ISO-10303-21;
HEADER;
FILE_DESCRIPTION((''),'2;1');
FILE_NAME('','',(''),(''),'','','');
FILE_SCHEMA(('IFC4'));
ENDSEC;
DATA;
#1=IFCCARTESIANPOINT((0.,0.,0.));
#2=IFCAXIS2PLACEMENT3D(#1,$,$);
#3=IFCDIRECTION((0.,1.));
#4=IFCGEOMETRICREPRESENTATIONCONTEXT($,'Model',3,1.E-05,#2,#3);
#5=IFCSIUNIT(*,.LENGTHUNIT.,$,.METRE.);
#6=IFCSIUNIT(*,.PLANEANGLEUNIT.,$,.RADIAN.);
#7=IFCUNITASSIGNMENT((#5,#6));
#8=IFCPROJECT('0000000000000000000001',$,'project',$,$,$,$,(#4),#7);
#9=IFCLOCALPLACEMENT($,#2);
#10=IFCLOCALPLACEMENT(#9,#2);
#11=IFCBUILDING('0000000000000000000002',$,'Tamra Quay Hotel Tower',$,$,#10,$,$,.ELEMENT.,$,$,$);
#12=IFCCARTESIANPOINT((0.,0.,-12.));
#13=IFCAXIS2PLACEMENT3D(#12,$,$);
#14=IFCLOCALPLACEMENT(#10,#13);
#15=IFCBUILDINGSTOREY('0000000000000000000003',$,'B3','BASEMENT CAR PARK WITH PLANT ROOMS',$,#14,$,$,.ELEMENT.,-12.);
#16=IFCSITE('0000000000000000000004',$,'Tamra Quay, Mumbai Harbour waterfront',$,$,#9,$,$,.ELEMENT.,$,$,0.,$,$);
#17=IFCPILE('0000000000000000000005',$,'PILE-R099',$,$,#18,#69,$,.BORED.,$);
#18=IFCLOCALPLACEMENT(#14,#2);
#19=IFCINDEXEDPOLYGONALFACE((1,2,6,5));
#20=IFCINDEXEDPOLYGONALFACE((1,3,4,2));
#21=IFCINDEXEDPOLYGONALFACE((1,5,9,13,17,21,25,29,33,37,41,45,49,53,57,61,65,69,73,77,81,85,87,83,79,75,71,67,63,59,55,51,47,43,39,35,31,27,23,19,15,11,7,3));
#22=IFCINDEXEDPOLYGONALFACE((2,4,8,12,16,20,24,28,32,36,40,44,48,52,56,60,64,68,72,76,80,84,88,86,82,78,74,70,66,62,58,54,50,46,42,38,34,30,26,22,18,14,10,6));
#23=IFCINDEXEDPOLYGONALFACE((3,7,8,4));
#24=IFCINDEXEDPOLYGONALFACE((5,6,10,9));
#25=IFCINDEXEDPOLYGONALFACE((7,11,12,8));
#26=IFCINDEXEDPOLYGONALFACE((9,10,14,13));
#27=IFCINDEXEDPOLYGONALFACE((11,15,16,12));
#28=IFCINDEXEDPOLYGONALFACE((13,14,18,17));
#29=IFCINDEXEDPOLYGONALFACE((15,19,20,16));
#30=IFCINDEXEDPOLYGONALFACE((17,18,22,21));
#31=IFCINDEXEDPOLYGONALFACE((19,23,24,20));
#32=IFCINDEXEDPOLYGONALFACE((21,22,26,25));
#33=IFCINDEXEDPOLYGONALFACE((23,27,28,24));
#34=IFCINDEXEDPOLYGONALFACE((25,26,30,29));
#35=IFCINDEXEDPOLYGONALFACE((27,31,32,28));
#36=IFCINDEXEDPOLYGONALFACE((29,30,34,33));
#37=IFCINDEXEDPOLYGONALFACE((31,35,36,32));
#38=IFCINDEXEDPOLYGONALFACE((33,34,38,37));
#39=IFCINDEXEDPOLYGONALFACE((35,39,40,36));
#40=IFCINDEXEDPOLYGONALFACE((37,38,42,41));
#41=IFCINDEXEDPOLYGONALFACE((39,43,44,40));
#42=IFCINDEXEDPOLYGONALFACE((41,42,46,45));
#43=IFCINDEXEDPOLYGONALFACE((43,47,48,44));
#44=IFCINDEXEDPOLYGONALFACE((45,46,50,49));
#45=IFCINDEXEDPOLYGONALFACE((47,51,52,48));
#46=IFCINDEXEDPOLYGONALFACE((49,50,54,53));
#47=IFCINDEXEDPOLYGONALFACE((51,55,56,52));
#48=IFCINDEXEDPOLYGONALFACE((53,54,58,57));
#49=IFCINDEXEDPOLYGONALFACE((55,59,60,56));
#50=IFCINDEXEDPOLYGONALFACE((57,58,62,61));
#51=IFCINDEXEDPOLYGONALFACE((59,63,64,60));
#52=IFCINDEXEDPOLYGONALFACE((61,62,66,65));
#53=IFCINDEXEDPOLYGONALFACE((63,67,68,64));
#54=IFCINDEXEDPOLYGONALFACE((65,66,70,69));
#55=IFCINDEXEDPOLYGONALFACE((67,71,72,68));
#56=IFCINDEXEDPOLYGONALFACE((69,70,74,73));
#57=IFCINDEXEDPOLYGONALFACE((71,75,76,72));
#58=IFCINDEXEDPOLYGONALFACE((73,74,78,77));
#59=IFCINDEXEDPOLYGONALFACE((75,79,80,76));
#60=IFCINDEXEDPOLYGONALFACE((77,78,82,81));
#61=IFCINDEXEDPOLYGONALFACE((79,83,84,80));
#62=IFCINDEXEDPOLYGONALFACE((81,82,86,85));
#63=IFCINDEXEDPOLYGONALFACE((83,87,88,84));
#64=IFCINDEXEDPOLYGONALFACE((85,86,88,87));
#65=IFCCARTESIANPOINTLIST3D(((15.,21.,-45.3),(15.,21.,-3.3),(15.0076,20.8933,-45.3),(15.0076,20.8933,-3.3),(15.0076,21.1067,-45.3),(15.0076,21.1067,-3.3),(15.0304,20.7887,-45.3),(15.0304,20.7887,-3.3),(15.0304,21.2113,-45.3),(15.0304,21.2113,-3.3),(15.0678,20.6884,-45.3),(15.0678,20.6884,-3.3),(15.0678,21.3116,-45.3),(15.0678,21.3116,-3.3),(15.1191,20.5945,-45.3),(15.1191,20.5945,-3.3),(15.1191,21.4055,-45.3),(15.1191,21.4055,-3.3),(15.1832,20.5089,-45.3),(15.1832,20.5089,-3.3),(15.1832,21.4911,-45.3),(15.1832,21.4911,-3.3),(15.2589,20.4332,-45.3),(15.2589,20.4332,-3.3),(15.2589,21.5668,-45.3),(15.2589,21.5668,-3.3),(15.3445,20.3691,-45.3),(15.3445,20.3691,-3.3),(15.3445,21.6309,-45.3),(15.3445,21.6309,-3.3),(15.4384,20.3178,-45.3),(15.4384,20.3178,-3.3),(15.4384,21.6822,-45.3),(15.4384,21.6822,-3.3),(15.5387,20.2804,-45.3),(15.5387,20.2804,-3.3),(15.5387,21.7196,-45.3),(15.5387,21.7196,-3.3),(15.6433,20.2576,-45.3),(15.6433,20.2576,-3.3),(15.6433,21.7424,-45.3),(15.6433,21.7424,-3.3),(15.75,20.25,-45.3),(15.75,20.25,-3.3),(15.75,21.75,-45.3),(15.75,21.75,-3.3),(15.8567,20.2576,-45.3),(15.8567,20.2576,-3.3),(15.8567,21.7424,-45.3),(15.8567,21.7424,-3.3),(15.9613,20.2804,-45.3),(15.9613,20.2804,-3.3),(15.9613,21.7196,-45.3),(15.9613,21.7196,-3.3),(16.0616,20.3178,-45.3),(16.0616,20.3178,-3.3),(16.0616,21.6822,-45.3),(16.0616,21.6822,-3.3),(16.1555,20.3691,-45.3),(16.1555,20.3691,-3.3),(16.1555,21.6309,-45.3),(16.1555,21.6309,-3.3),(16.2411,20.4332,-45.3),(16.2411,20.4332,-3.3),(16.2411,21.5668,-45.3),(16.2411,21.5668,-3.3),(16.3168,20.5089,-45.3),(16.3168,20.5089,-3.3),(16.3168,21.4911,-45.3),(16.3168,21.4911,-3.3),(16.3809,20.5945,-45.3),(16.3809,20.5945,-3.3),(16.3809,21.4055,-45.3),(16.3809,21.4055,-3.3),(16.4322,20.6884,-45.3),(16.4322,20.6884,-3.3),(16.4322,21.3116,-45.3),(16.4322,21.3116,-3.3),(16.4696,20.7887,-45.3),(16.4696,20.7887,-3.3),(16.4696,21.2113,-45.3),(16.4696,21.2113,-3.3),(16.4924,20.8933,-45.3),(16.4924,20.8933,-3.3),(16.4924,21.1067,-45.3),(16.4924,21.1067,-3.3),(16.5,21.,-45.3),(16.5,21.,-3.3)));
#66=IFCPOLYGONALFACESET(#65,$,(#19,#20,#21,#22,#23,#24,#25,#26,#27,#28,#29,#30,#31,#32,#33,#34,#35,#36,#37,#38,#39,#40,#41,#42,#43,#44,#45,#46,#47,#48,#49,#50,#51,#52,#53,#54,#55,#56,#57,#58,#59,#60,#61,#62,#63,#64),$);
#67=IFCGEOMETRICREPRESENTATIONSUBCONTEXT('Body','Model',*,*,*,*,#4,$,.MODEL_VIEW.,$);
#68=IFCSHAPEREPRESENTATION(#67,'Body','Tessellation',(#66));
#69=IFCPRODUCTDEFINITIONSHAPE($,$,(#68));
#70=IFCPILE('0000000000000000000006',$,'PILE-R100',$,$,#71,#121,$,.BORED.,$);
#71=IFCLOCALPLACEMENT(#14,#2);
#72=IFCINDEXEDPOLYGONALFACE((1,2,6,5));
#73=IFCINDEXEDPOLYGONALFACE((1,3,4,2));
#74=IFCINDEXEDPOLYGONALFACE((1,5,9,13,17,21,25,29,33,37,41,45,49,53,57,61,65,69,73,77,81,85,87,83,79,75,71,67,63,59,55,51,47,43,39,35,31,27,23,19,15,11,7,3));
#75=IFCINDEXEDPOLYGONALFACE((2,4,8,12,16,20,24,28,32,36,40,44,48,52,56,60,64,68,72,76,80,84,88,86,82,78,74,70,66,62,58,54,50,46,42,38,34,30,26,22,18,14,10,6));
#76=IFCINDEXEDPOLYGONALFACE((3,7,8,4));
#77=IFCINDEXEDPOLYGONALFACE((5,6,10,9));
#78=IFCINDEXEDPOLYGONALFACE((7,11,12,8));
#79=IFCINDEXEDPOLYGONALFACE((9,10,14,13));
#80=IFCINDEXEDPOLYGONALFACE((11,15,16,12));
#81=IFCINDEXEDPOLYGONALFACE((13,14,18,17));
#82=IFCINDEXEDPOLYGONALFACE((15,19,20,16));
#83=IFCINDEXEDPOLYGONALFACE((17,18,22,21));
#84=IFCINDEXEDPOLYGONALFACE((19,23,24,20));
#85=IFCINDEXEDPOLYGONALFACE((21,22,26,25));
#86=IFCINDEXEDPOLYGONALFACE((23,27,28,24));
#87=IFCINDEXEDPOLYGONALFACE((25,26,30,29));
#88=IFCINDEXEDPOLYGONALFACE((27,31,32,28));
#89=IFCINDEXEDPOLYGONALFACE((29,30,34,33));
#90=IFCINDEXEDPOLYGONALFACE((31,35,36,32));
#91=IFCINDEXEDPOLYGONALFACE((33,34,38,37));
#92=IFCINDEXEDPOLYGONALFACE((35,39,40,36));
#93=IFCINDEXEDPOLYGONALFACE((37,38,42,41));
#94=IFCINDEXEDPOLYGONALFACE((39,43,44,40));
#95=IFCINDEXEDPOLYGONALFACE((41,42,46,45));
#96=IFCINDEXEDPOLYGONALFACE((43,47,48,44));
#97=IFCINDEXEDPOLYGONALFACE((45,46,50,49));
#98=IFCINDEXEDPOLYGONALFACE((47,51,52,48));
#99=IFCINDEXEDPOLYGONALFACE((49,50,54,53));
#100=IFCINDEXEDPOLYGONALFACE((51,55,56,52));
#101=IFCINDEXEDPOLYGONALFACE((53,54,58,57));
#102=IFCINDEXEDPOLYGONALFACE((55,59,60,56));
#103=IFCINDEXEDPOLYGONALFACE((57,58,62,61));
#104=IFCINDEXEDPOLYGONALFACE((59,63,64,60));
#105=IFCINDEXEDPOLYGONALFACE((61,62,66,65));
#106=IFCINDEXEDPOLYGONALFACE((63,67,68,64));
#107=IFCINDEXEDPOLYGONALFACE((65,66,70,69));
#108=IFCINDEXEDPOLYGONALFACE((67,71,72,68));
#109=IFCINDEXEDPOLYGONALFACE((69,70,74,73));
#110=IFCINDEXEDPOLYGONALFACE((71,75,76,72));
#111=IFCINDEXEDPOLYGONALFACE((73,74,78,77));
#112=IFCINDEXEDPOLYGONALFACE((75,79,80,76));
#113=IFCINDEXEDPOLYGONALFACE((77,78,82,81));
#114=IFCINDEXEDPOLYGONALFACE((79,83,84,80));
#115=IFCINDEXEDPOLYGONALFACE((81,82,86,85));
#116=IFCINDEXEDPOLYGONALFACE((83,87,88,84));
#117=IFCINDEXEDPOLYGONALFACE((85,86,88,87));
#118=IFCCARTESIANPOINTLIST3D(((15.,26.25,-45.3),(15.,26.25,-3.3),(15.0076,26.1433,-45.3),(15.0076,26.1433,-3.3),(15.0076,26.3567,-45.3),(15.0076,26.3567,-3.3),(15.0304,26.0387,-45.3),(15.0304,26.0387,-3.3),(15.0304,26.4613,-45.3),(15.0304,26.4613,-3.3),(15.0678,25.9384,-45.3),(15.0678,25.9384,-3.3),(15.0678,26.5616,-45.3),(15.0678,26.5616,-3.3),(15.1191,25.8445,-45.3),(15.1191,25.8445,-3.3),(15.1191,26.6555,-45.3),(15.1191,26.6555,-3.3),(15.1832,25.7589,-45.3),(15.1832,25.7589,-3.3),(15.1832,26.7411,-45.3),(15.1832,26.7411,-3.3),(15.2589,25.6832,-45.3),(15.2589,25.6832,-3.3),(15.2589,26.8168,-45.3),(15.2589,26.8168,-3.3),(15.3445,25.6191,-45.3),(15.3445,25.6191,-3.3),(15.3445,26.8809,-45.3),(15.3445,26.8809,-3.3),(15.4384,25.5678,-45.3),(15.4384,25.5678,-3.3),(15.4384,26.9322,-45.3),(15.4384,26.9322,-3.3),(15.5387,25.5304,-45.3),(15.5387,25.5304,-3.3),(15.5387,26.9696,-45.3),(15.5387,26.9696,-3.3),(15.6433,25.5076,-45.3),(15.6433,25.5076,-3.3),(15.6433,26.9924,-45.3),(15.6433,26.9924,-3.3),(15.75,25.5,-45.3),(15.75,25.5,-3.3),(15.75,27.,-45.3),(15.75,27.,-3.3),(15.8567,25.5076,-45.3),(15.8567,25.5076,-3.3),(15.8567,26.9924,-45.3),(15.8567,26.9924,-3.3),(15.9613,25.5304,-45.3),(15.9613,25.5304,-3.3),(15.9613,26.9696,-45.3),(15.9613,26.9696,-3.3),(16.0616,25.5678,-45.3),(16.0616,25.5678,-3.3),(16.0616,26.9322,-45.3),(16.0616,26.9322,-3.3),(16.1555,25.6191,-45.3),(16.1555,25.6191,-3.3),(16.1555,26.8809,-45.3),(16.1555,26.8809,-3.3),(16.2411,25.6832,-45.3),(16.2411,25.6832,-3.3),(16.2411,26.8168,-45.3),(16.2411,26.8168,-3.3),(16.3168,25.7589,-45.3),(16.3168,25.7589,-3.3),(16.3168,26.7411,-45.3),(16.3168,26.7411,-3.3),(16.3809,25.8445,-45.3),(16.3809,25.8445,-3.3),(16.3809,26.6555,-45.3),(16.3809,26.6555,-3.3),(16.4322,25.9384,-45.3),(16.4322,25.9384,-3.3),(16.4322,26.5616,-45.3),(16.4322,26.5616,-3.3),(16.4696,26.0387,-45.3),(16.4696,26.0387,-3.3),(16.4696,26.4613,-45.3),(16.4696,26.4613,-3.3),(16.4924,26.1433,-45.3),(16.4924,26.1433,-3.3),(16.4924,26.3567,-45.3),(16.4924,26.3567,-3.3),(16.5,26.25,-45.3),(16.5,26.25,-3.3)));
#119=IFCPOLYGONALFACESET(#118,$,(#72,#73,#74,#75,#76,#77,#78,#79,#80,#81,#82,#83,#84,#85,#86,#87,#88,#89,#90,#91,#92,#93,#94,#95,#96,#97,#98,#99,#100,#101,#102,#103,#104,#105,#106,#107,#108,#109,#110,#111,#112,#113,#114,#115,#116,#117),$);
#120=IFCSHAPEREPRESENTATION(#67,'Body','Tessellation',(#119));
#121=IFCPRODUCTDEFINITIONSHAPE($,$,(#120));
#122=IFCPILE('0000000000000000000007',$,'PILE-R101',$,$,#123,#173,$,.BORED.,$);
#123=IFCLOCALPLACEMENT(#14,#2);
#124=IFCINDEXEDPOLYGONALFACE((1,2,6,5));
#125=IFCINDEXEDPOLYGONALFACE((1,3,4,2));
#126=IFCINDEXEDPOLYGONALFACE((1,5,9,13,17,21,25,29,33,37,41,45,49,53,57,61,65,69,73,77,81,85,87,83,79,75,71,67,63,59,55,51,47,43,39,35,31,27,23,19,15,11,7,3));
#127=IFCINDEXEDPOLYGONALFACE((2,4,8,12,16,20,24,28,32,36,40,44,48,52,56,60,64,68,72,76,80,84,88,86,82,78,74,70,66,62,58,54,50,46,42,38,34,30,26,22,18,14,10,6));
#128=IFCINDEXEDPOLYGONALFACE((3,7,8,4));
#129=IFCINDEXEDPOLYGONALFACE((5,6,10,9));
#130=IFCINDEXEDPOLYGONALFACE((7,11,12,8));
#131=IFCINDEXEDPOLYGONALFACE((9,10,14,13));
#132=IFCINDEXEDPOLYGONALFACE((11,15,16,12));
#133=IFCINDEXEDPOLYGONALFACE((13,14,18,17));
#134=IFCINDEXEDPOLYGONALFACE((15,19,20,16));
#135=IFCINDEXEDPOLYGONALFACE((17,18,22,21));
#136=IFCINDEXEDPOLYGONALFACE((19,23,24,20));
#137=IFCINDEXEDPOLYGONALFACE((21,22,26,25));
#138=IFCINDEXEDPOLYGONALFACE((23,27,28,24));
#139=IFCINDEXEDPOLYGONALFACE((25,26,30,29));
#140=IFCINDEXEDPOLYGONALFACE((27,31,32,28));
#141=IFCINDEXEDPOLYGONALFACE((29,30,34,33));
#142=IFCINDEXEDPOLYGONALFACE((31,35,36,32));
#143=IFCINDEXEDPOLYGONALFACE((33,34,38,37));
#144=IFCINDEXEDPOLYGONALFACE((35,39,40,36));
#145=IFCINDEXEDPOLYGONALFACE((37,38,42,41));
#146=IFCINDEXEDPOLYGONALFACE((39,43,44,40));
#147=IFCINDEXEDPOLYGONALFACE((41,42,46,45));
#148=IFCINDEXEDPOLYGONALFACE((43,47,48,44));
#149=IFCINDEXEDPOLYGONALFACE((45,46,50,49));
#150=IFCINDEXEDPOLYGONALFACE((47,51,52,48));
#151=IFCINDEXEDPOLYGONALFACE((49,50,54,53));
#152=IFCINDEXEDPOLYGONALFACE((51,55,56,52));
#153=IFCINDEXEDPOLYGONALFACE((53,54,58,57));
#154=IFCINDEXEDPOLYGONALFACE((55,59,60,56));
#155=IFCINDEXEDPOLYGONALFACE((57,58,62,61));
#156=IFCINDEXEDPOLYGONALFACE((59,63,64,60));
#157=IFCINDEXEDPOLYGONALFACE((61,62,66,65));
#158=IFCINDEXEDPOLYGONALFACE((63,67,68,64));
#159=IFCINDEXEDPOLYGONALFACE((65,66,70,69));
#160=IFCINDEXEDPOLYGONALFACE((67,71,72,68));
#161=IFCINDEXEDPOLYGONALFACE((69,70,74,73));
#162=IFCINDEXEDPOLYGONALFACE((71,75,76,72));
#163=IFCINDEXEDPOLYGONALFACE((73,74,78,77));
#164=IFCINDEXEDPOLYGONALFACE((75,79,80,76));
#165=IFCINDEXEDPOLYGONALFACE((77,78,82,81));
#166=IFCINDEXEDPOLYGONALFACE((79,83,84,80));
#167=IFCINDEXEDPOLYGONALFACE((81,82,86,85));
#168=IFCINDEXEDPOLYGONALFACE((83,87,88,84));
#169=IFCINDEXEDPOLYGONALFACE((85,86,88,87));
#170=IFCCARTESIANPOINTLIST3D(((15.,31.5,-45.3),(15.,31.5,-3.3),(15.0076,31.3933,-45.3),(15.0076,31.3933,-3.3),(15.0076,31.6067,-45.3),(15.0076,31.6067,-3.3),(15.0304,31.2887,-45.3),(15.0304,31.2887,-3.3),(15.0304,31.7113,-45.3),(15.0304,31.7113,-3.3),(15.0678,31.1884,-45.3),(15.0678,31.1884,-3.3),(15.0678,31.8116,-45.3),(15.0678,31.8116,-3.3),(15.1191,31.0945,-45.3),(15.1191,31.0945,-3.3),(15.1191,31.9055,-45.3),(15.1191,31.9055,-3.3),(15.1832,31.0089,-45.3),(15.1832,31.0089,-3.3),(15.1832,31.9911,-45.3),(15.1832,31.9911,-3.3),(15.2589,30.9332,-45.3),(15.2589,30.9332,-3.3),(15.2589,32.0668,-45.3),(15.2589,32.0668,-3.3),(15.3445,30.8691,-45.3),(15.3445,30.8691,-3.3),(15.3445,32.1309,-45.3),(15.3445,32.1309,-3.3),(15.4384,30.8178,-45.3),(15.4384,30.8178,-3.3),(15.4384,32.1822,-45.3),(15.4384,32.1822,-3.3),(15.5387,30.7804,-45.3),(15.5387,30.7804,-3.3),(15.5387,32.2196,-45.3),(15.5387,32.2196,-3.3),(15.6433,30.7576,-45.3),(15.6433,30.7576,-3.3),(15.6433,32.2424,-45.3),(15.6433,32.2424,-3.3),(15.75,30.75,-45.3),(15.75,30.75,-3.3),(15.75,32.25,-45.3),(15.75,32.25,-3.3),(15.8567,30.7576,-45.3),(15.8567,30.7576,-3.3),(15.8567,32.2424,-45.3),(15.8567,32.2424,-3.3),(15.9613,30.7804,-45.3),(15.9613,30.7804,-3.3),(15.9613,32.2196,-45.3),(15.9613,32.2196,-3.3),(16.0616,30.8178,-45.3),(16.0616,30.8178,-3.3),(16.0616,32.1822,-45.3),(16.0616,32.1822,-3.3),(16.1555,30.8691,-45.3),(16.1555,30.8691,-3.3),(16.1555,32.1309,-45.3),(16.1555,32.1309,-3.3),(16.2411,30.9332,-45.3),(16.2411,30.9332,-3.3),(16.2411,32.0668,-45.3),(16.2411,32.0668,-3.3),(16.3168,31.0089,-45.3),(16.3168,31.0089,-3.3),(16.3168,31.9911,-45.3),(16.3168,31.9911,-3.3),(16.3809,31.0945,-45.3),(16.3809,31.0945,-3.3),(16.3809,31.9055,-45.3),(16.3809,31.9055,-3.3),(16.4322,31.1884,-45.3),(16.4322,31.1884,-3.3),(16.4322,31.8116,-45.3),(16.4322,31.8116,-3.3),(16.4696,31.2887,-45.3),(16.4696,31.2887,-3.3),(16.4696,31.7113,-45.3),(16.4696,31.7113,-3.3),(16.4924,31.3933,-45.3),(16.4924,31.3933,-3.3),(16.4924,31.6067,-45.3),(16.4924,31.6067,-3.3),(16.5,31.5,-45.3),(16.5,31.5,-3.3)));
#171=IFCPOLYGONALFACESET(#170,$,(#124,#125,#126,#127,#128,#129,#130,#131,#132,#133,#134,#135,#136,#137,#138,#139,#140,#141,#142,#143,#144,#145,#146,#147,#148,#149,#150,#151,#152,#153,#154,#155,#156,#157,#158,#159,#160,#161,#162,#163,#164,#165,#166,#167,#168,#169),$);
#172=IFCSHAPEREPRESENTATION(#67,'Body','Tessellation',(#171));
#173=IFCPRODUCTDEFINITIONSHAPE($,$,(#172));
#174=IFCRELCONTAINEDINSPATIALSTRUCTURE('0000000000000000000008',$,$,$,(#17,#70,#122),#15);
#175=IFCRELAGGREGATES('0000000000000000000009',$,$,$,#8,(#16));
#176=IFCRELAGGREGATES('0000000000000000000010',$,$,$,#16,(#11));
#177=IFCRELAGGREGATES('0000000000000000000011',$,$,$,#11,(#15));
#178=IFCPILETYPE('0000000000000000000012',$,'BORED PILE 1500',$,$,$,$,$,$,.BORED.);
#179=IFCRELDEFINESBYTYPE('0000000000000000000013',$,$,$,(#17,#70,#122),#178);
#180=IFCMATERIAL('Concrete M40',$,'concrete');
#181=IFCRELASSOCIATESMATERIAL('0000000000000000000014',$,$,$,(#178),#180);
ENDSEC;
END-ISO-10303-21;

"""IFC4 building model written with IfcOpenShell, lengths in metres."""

from ifc_helpers import new_model, si_unit, direction, frame, origin, origin_2d, place, context, subcontext, project, spatial, circle, extrude, material, material_profile, profile_set, type_object, element, save


model = new_model("IFC4")

# Units and contexts
model_context = context("Model", 3, precision=1e-05, world=origin(), true_north=direction((0.0, 1.0)))
body_context = subcontext(model_context, "Body", "Model", "MODEL_VIEW")
ifc_project = project(units=[si_unit("LENGTHUNIT", "METRE"), si_unit("PLANEANGLEUNIT", "RADIAN")], contexts=[model_context])

# Site, building, storey
site_placement = place(None, origin())
site = spatial("IfcSite", under=ifc_project, at=site_placement, Name="Tamra Quay, Mumbai Harbour waterfront", CompositionType="ELEMENT", RefElevation=0.0)
building_placement = place(site_placement, origin())
building = spatial("IfcBuilding", under=site, at=building_placement, Name="Tamra Quay Hotel Tower", CompositionType="ELEMENT")
storey_placement = place(building_placement, frame((0.0, 0.0, -12.0)))
storey = spatial("IfcBuildingStorey", under=building, at=storey_placement, Name="B3", Description="BASEMENT CAR PARK WITH PLANT ROOMS", CompositionType="ELEMENT", Elevation=-12.0)

# Piles
ifc_material_1 = material(Name="Concrete M40", Category="concrete")
ifc_material_profile_1 = material_profile(ifc_material_1, circle(Radius=0.75, at=origin_2d()), Name="BORED PILE 1500")
ifc_profile_set_1 = profile_set([ifc_material_profile_1], Name="Concrete M40")
pile_type = type_object("IfcPileType", Name="BORED PILE 1500", PredefinedType="BORED", material=ifc_profile_set_1)
for number, where, z_axis, x_axis, name in (
    (1, (15.75, 21.0, -3.3), (0.0, 0.0, -1.0), (1.0, 0.0, 0.0), "PILE-R099"),
    (2, (15.75, 26.25, -3.3), (0.0, 0.0, -1.0), (1.0, 0.0, 0.0), "PILE-R100"),
    (3, (15.75, 31.5, -3.3), (0.0, 0.0, -1.0), (1.0, 0.0, 0.0), "PILE-R101"),
):
    element("IfcPile", number, at=place(storey_placement, frame(where, z_axis=z_axis, x_axis=x_axis)), inside=storey, type_object=pile_type, Name=name, PredefinedType="BORED", context=body_context, shape_type="SweptSolid", body=[
        extrude(circle(Radius=0.75, at=origin_2d()), origin(), (0.0, 0.0, 1.0), 42.0),
    ])

save(model, "model.ifc")
